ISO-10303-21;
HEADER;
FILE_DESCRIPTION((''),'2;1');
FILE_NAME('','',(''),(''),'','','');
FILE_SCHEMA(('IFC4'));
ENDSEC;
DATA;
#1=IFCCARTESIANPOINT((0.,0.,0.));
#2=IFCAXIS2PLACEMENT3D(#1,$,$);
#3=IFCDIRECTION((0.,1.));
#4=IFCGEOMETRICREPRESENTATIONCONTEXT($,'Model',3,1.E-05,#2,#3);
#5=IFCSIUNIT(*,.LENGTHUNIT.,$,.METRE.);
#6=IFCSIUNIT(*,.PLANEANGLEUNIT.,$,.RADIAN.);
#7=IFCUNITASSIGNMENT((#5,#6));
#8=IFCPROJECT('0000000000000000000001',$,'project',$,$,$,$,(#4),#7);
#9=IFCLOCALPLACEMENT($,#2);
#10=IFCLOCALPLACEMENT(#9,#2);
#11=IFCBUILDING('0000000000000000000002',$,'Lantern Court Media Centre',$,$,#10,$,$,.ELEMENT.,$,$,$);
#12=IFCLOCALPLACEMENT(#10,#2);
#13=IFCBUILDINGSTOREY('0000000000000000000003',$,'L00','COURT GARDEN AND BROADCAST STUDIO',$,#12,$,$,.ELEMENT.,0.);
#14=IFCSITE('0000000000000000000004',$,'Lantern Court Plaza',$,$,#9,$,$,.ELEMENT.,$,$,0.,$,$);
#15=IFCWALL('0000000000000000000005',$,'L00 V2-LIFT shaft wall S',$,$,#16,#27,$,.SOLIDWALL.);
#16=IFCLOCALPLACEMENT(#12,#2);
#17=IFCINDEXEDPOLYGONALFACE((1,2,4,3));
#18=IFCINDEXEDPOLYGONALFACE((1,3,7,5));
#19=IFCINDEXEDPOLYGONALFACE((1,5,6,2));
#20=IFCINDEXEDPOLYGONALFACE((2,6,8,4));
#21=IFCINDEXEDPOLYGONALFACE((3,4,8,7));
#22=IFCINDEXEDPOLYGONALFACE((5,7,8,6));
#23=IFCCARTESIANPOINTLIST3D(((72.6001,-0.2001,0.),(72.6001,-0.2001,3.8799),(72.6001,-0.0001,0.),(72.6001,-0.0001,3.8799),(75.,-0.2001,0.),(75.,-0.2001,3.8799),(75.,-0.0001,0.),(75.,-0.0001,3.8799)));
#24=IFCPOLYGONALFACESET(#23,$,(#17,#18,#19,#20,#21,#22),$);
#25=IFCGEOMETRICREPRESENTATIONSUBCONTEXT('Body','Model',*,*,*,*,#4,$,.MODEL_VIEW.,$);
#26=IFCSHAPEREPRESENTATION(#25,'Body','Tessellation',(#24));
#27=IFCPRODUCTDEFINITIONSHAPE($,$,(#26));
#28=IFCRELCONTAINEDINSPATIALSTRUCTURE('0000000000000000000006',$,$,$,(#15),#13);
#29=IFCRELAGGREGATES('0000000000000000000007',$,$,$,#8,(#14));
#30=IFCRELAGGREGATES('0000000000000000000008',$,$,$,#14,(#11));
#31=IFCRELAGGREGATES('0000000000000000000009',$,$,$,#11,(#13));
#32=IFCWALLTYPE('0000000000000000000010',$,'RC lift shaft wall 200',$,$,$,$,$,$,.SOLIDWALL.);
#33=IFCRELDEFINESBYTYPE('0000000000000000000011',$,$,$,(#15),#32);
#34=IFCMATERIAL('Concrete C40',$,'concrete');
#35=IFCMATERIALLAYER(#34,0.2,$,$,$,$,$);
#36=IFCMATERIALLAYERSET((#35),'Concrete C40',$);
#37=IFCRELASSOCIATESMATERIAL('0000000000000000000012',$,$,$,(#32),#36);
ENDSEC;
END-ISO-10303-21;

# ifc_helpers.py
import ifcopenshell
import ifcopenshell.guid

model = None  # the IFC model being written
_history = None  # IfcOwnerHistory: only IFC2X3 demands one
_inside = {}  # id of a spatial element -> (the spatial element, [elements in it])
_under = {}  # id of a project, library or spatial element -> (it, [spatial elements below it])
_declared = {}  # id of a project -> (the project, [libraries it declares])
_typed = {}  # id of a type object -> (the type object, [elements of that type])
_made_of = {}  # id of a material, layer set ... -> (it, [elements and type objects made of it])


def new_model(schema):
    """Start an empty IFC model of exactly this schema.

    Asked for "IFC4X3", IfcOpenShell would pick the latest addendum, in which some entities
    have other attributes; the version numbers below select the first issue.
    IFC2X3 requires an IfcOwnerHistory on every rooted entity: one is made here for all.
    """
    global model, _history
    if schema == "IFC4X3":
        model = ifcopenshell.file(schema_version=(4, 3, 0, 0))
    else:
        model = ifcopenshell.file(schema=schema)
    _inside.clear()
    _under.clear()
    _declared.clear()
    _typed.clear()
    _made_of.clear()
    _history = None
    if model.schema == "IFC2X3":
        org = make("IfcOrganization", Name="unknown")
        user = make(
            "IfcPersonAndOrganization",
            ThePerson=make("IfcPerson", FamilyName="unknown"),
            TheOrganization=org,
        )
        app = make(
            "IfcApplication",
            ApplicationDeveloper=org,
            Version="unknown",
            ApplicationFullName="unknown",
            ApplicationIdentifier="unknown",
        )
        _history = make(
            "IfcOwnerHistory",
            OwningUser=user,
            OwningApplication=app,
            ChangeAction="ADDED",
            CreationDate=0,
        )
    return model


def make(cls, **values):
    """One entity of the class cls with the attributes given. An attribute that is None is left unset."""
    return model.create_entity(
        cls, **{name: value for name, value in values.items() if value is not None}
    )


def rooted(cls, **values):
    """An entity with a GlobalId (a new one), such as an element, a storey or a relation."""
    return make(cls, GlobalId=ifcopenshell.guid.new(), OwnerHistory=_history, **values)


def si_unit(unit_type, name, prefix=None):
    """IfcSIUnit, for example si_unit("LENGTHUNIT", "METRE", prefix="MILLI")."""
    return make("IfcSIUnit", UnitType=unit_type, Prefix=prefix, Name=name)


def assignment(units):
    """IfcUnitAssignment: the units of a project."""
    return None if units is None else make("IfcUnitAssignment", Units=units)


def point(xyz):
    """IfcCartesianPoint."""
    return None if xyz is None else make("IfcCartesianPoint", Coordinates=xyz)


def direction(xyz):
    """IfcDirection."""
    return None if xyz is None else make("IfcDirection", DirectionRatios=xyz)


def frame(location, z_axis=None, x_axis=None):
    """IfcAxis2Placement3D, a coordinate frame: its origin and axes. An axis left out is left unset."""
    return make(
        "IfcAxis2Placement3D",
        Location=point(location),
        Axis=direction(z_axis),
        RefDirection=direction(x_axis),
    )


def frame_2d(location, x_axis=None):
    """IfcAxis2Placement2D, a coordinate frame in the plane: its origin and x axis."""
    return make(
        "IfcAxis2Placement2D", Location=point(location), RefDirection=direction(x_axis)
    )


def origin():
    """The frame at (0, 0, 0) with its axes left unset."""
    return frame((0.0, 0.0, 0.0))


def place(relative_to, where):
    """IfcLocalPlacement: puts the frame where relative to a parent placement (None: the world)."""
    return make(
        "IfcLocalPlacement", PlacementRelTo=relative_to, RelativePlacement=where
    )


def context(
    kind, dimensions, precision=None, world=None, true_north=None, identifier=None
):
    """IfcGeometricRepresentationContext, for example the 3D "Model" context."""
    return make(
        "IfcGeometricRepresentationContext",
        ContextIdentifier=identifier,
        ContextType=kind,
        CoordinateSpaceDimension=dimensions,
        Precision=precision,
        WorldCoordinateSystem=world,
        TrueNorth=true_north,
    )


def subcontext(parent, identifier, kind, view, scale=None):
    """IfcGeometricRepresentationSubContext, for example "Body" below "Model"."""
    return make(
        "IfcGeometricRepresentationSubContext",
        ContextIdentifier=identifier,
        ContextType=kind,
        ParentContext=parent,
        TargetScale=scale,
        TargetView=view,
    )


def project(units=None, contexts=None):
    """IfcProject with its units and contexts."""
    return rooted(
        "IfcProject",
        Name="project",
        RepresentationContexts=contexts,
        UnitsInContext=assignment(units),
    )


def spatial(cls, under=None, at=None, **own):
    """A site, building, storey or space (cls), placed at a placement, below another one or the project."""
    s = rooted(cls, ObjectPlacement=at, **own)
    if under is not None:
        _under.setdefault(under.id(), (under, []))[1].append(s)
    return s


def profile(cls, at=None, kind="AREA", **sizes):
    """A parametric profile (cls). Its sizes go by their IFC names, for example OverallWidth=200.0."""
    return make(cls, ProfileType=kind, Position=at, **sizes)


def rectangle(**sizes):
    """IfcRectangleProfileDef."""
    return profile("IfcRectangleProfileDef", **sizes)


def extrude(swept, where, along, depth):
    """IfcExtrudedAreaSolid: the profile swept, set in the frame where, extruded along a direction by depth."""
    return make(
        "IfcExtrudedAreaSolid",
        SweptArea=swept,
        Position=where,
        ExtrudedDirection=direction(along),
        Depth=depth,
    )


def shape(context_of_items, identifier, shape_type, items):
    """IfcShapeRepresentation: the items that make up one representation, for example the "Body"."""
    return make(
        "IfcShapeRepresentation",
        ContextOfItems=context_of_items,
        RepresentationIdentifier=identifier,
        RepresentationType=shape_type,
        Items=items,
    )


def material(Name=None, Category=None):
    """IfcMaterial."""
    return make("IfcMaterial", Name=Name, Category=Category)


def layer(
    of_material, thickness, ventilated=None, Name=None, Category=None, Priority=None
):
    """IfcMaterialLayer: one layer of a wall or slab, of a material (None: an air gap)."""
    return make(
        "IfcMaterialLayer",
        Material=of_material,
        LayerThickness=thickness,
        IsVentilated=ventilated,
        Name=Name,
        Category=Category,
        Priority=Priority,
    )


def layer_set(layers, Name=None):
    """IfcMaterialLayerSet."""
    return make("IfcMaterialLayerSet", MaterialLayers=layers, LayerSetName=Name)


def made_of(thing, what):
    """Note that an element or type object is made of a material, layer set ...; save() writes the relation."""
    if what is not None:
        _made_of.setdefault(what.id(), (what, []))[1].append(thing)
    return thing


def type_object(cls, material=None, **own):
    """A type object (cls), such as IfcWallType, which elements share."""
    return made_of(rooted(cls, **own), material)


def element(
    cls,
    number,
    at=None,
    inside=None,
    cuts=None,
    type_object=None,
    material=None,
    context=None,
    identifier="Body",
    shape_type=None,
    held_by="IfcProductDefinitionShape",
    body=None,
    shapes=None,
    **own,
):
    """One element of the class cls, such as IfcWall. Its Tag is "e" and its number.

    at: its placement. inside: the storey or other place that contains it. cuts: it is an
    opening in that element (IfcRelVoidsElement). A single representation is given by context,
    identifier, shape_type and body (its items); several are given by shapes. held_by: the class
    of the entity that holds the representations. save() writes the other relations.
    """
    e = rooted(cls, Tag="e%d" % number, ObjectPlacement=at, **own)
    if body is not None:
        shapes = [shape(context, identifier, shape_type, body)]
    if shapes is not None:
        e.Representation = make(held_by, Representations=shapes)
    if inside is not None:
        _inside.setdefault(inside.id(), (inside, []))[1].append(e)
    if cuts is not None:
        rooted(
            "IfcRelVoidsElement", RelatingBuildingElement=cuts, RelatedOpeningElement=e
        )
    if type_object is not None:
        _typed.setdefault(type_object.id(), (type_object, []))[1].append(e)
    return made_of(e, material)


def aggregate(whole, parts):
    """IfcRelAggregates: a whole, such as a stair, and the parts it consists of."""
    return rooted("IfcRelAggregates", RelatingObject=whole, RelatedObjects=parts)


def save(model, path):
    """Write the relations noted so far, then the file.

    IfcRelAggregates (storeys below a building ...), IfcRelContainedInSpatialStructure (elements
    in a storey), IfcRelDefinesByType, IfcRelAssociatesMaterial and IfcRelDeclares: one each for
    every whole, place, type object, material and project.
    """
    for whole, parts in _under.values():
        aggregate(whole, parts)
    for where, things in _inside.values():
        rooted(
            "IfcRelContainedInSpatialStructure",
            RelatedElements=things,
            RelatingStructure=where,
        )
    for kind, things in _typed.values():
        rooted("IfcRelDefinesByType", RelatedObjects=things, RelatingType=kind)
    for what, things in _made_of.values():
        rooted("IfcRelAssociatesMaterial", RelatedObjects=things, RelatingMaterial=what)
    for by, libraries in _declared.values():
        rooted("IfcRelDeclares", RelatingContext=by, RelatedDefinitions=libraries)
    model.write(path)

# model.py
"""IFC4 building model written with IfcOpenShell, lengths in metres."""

from ifc_helpers import new_model, si_unit, direction, frame, frame_2d, origin, place, context, subcontext, project, spatial, rectangle, extrude, material, layer, layer_set, type_object, element, save


model = new_model("IFC4")

# Units and contexts
model_context = context("Model", 3, precision=1e-05, world=origin(), true_north=direction((0.0, 1.0)))
body_context = subcontext(model_context, "Body", "Model", "MODEL_VIEW")
ifc_project = project(units=[si_unit("LENGTHUNIT", "METRE"), si_unit("PLANEANGLEUNIT", "RADIAN")], contexts=[model_context])

# Site, building, storey
site_placement = place(None, origin())
site = spatial("IfcSite", under=ifc_project, at=site_placement, Name="Lantern Court Plaza", CompositionType="ELEMENT", RefElevation=0.0)
building_placement = place(site_placement, origin())
building = spatial("IfcBuilding", under=site, at=building_placement, Name="Lantern Court Media Centre", CompositionType="ELEMENT")
storey_placement = place(building_placement, origin())
storey = spatial("IfcBuildingStorey", under=building, at=storey_placement, Name="L00", Description="COURT GARDEN AND BROADCAST STUDIO", CompositionType="ELEMENT", Elevation=0.0)

# Shared definitions
ifc_material_1 = material(Name="Concrete C40", Category="concrete")

# Wall
ifc_layer_1 = layer(ifc_material_1, 0.2)
ifc_layer_set_1 = layer_set([ifc_layer_1], Name="Concrete C40")
wall_type_1 = type_object("IfcWallType", Name="RC lift shaft wall 200", PredefinedType="SOLIDWALL", material=ifc_layer_set_1)
wall_1_placement = place(storey_placement, frame((72.6001, -0.1001, 0.0), z_axis=(0.0, 0.0, 1.0), x_axis=(1.0, 0.0, 0.0)))
element("IfcWall", 1, at=wall_1_placement, inside=storey, type_object=wall_type_1, Name="L00 V2-LIFT shaft wall S", PredefinedType="SOLIDWALL", context=body_context, shape_type="SweptSolid", body=[
    extrude(rectangle(XDim=2.3999, YDim=0.2, at=frame_2d((1.2, 0.0))), origin(), (0.0, 0.0, 1.0), 3.8799),
])

save(model, "model.ifc")
